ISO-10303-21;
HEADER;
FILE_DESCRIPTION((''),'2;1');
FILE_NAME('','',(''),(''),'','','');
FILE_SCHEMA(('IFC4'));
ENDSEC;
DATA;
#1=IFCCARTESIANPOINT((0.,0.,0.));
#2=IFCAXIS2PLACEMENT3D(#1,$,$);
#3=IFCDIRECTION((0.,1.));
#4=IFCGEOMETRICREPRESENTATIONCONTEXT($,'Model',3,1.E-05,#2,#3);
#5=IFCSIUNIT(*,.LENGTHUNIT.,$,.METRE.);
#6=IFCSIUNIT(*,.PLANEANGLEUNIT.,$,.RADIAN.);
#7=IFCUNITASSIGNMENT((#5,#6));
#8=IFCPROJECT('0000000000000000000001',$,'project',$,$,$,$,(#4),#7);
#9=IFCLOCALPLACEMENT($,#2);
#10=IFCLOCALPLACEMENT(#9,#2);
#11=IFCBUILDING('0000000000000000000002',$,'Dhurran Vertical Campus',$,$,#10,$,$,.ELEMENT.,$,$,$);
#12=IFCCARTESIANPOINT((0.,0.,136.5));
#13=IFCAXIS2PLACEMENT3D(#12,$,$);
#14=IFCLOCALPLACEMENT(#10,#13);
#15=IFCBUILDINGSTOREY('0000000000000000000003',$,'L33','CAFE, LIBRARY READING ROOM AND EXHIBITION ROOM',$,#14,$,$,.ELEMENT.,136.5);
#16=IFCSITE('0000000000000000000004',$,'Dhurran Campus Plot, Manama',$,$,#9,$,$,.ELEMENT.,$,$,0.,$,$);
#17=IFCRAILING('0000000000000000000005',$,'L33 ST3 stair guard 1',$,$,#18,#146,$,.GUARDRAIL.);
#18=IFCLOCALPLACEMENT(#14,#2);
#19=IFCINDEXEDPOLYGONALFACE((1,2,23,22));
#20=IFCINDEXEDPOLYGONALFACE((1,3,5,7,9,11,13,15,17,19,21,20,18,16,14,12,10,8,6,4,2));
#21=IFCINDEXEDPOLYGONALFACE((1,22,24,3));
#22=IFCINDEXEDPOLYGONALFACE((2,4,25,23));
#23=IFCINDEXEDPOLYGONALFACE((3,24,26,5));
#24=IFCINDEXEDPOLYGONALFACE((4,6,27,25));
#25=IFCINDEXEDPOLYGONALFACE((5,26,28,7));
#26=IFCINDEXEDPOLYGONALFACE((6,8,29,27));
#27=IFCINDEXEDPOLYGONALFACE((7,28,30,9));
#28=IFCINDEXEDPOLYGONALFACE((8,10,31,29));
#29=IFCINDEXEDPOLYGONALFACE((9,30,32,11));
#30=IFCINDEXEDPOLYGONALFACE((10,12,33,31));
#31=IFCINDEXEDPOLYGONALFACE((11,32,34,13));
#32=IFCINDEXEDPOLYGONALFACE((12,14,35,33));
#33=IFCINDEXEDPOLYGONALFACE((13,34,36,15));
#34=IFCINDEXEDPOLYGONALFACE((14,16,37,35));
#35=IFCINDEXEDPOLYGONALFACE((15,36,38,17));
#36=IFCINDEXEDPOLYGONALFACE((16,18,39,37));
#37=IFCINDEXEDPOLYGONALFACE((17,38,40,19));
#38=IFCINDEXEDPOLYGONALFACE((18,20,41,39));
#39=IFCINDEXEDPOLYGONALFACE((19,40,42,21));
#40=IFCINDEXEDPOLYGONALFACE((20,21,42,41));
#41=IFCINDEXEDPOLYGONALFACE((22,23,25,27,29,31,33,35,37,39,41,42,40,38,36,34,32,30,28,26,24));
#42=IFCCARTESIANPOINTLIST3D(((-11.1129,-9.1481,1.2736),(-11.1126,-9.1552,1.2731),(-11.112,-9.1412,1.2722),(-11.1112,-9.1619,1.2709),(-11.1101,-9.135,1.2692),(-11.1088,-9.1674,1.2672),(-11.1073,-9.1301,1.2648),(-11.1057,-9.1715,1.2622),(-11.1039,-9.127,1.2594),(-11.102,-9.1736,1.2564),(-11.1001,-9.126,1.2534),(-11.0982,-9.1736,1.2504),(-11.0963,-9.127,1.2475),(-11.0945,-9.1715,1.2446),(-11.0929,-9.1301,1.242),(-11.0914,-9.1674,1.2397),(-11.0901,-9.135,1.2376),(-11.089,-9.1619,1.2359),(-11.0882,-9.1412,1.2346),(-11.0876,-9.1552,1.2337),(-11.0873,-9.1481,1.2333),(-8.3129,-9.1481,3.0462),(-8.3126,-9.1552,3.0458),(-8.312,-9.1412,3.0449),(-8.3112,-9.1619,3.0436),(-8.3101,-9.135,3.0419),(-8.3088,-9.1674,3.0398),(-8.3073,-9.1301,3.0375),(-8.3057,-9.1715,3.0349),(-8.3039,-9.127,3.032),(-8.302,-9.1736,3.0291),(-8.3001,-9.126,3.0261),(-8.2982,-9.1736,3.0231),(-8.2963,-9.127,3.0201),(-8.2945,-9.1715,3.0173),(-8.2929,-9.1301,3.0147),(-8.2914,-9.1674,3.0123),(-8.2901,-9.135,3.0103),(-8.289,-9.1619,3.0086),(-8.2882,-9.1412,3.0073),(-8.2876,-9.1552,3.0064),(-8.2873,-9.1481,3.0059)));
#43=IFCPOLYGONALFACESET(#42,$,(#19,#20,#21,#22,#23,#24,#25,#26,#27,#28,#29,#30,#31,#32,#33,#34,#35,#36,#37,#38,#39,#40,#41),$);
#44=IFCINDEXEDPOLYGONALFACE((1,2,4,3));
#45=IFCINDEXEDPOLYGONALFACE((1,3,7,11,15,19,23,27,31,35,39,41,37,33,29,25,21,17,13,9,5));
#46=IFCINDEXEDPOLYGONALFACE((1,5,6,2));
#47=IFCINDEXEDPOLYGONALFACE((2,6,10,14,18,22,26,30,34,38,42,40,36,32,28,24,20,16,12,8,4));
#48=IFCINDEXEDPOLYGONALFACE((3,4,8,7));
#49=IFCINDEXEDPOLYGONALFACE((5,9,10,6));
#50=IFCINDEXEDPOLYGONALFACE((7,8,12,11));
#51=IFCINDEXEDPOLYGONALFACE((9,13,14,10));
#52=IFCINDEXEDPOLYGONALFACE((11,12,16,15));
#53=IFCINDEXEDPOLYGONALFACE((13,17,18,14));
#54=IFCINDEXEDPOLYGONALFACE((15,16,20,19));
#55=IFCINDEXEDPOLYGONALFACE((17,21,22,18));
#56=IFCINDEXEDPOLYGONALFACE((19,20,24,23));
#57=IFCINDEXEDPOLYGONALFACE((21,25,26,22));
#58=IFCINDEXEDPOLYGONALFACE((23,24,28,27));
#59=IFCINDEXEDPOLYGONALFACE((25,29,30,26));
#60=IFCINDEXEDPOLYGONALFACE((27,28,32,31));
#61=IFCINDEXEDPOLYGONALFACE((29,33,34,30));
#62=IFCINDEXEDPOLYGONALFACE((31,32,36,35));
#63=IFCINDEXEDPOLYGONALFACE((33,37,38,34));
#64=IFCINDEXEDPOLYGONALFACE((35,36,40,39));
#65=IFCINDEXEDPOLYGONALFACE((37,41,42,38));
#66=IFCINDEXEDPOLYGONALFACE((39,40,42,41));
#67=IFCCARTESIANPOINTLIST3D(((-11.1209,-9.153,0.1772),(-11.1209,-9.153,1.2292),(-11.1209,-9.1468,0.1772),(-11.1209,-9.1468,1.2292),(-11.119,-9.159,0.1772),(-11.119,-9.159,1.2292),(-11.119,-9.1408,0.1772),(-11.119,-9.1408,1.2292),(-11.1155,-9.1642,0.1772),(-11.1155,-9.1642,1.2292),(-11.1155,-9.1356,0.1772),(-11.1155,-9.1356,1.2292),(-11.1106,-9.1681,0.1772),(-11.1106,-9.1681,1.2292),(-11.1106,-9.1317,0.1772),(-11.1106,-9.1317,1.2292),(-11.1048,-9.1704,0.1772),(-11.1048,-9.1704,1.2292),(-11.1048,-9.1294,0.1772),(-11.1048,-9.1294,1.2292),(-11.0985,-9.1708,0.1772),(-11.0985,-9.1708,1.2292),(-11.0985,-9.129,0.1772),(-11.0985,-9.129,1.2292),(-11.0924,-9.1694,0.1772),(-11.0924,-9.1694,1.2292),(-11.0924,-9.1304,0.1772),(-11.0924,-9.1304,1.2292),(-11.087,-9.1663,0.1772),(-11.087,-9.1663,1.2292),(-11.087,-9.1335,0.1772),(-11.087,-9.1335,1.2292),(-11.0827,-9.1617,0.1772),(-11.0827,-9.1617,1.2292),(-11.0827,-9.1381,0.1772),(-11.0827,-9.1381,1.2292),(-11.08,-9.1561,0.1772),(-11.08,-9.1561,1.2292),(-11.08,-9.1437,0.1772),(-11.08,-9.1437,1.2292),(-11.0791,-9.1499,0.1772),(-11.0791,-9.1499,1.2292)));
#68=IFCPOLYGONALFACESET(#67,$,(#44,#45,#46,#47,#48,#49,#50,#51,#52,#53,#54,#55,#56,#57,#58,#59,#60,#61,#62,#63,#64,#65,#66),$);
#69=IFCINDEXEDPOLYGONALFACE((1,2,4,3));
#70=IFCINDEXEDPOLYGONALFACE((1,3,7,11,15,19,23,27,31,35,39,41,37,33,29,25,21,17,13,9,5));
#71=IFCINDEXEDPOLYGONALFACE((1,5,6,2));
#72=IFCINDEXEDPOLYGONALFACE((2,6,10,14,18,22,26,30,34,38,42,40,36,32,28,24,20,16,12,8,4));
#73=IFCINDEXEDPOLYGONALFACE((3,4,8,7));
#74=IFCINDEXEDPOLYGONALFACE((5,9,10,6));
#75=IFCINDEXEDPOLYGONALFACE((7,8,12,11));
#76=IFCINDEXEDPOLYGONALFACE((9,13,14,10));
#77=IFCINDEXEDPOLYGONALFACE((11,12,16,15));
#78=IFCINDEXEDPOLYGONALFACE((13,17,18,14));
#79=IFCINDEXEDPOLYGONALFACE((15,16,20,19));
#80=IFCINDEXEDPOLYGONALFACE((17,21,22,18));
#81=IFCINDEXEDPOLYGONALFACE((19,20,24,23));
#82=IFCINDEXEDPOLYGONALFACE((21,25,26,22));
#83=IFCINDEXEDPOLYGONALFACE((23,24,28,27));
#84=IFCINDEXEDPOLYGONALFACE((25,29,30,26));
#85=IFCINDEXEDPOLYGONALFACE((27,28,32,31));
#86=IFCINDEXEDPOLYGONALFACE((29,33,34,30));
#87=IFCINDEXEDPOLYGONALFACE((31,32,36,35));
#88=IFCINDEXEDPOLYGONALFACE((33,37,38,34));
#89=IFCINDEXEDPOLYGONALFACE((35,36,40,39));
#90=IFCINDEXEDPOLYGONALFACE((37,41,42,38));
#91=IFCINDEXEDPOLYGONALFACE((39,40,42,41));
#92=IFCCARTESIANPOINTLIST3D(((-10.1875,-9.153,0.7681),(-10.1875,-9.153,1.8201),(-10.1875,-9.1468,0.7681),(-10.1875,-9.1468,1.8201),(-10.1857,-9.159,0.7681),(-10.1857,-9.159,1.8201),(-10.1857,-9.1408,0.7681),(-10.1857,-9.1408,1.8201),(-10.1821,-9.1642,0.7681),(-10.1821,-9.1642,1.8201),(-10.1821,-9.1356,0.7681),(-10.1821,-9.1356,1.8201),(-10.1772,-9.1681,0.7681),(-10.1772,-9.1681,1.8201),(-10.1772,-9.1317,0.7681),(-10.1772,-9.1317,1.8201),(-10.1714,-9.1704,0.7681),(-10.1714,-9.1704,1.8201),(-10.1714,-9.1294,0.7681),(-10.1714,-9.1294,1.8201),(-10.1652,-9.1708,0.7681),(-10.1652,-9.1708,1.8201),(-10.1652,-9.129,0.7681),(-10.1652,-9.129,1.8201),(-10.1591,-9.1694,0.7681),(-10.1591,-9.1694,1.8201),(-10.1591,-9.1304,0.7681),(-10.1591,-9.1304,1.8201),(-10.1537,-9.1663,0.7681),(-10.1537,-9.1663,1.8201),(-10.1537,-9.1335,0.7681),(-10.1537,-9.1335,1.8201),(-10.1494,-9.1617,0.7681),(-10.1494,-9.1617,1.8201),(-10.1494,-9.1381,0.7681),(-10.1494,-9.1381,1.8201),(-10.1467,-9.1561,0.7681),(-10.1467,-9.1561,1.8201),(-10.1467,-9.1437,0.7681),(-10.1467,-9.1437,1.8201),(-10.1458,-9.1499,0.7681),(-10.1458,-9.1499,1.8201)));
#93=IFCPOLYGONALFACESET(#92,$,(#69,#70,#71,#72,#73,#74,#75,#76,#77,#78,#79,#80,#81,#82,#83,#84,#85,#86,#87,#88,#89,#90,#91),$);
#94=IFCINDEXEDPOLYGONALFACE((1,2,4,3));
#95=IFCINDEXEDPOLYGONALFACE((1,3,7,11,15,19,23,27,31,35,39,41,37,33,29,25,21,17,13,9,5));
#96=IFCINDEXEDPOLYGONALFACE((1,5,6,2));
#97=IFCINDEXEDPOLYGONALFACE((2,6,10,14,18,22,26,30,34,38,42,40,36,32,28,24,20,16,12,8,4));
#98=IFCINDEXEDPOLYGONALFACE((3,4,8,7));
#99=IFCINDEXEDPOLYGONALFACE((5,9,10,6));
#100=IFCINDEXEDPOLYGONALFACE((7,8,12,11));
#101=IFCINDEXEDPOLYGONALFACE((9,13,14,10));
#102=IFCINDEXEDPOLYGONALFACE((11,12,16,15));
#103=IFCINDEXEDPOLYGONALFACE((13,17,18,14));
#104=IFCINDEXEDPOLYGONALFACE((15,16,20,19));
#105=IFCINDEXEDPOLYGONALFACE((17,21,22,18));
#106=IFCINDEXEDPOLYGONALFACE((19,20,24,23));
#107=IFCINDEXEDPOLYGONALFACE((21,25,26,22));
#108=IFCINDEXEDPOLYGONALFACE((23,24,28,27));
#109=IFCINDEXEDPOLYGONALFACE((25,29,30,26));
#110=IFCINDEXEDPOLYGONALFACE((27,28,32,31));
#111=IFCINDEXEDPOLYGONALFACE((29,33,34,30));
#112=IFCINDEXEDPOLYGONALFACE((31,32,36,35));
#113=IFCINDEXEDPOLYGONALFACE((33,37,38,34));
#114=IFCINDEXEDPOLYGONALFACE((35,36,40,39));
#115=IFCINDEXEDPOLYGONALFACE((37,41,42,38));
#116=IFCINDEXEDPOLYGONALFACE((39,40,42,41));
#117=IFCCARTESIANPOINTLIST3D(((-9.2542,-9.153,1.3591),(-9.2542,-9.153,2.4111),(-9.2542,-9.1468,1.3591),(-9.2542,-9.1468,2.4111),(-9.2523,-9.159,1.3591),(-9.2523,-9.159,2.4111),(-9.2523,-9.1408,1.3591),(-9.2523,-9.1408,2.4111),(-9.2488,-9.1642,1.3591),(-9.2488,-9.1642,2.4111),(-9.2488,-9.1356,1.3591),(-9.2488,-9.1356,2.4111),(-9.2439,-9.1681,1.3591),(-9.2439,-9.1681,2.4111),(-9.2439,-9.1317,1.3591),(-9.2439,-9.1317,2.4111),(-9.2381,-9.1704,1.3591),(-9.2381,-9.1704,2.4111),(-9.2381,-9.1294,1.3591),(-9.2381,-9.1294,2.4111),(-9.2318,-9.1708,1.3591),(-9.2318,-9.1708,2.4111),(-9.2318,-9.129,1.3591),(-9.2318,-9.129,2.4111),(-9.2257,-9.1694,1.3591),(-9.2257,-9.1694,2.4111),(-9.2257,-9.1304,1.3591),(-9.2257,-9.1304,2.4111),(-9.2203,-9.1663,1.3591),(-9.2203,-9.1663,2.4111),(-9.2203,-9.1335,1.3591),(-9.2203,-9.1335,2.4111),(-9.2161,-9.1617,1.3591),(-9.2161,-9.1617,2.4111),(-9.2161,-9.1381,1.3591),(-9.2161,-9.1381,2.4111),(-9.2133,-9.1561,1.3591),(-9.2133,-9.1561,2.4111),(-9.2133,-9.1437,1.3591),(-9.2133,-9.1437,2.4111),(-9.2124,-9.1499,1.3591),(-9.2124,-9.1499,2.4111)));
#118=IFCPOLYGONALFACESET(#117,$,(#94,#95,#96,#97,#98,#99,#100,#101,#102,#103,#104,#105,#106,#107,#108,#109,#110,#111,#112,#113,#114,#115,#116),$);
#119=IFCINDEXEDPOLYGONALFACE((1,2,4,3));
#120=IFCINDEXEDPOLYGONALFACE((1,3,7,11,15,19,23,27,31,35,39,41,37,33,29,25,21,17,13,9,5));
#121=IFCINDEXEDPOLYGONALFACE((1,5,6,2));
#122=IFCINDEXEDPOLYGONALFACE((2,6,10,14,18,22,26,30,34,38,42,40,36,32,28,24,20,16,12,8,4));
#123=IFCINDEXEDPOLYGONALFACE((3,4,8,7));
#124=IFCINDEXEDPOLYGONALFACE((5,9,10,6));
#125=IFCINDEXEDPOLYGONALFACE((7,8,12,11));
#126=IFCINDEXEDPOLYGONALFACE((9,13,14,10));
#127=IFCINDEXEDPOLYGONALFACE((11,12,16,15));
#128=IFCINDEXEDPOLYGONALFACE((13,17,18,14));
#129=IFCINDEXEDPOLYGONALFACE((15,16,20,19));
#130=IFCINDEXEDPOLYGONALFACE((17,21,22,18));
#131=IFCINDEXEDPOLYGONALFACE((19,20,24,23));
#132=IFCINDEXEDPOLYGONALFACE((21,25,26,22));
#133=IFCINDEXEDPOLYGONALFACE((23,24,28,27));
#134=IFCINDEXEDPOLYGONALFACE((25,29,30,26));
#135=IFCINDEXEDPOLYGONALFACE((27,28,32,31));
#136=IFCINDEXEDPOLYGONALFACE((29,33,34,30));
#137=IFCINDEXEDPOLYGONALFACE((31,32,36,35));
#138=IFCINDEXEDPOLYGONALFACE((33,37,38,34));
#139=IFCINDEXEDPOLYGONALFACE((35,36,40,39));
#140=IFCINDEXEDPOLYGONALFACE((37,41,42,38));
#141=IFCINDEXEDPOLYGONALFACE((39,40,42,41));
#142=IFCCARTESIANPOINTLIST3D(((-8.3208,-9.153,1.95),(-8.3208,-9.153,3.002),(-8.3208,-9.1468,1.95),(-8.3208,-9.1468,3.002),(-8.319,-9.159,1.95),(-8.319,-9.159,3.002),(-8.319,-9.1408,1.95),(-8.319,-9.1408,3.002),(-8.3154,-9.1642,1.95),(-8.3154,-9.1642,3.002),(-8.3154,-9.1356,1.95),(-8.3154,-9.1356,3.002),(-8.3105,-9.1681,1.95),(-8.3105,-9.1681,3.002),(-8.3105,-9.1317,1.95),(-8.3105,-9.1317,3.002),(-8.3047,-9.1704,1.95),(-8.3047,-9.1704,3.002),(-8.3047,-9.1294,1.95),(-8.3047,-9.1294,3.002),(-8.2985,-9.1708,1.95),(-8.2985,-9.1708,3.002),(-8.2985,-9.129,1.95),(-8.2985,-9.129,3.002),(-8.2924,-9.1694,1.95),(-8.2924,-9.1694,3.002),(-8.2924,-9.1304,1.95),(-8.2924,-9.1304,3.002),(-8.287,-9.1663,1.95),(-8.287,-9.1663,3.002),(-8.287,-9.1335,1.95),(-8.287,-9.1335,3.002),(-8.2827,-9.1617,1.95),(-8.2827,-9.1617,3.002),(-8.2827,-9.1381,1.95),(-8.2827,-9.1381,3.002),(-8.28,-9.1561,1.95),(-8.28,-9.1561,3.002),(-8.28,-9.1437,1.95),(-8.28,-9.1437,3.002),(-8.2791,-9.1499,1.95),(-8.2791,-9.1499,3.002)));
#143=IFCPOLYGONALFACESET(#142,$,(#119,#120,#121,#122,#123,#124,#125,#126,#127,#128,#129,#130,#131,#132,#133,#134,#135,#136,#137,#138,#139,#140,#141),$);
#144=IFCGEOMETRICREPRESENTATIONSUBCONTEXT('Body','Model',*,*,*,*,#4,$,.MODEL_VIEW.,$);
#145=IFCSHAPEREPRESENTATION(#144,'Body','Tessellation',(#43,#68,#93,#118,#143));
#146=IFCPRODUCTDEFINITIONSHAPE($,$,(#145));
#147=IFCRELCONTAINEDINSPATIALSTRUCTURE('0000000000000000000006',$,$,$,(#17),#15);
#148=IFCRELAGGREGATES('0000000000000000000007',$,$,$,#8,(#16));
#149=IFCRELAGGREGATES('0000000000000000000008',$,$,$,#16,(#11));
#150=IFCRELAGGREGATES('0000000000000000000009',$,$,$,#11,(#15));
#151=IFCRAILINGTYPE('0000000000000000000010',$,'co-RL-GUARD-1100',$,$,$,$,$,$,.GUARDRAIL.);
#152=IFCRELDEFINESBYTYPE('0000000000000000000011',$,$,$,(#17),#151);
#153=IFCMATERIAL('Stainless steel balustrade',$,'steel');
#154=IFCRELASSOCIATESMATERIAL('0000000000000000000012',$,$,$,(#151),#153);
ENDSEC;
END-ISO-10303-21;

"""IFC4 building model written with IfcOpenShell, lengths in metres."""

from ifc_helpers import new_model, si_unit, direction, frame, origin, origin_2d, place, context, subcontext, project, spatial, circle, extrude, material, type_object, element, save


model = new_model("IFC4")

# Units and contexts
model_context = context("Model", 3, precision=1e-05, world=origin(), true_north=direction((0.0, 1.0)))
body_context = subcontext(model_context, "Body", "Model", "MODEL_VIEW")
ifc_project = project(units=[si_unit("LENGTHUNIT", "METRE"), si_unit("PLANEANGLEUNIT", "RADIAN")], contexts=[model_context])

# Site, building, storey
site_placement = place(None, origin())
site = spatial("IfcSite", under=ifc_project, at=site_placement, Name="Dhurran Campus Plot, Manama", CompositionType="ELEMENT", RefElevation=0.0)
building_placement = place(site_placement, origin())
building = spatial("IfcBuilding", under=site, at=building_placement, Name="Dhurran Vertical Campus", CompositionType="ELEMENT")
storey_placement = place(building_placement, frame((0.0, 0.0, 136.5)))
storey = spatial("IfcBuildingStorey", under=building, at=storey_placement, Name="L33", Description="CAFE, LIBRARY READING ROOM AND EXHIBITION ROOM", CompositionType="ELEMENT", Elevation=136.5)

# Railing
ifc_material_1 = material(Name="Stainless steel balustrade", Category="steel")
railing_type_1 = type_object("IfcRailingType", Name="co-RL-GUARD-1100", PredefinedType="GUARDRAIL", material=ifc_material_1)
railing_1_placement = place(storey_placement, frame((-11.1001, -9.1499, 0.1772)))
element("IfcRailing", 1, at=railing_1_placement, inside=storey, type_object=railing_type_1, Name="L33 ST3 stair guard 1", PredefinedType="GUARDRAIL", context=body_context, shape_type="SweptSolid", body=[
    extrude(circle(Radius=0.0239, at=origin_2d()), frame((0.0, 0.0, 1.0762), z_axis=(0.844909, 0.0, 0.53491), x_axis=(0.0, 1.0, 0.0)), (0.0, 0.0, 1.0), 3.314),
    extrude(circle(Radius=0.021, at=origin_2d()), origin(), (0.0, 0.0, 1.0), 1.052),
    extrude(circle(Radius=0.021, at=origin_2d()), frame((0.9333, 0.0, 0.5908)), (0.0, 0.0, 1.0), 1.052),
    extrude(circle(Radius=0.021, at=origin_2d()), frame((1.8667, 0.0, 1.1819)), (0.0, 0.0, 1.0), 1.052),
    extrude(circle(Radius=0.021, at=origin_2d()), frame((2.8, 0.0, 1.7727)), (0.0, 0.0, 1.0), 1.052),
])

save(model, "model.ifc")
